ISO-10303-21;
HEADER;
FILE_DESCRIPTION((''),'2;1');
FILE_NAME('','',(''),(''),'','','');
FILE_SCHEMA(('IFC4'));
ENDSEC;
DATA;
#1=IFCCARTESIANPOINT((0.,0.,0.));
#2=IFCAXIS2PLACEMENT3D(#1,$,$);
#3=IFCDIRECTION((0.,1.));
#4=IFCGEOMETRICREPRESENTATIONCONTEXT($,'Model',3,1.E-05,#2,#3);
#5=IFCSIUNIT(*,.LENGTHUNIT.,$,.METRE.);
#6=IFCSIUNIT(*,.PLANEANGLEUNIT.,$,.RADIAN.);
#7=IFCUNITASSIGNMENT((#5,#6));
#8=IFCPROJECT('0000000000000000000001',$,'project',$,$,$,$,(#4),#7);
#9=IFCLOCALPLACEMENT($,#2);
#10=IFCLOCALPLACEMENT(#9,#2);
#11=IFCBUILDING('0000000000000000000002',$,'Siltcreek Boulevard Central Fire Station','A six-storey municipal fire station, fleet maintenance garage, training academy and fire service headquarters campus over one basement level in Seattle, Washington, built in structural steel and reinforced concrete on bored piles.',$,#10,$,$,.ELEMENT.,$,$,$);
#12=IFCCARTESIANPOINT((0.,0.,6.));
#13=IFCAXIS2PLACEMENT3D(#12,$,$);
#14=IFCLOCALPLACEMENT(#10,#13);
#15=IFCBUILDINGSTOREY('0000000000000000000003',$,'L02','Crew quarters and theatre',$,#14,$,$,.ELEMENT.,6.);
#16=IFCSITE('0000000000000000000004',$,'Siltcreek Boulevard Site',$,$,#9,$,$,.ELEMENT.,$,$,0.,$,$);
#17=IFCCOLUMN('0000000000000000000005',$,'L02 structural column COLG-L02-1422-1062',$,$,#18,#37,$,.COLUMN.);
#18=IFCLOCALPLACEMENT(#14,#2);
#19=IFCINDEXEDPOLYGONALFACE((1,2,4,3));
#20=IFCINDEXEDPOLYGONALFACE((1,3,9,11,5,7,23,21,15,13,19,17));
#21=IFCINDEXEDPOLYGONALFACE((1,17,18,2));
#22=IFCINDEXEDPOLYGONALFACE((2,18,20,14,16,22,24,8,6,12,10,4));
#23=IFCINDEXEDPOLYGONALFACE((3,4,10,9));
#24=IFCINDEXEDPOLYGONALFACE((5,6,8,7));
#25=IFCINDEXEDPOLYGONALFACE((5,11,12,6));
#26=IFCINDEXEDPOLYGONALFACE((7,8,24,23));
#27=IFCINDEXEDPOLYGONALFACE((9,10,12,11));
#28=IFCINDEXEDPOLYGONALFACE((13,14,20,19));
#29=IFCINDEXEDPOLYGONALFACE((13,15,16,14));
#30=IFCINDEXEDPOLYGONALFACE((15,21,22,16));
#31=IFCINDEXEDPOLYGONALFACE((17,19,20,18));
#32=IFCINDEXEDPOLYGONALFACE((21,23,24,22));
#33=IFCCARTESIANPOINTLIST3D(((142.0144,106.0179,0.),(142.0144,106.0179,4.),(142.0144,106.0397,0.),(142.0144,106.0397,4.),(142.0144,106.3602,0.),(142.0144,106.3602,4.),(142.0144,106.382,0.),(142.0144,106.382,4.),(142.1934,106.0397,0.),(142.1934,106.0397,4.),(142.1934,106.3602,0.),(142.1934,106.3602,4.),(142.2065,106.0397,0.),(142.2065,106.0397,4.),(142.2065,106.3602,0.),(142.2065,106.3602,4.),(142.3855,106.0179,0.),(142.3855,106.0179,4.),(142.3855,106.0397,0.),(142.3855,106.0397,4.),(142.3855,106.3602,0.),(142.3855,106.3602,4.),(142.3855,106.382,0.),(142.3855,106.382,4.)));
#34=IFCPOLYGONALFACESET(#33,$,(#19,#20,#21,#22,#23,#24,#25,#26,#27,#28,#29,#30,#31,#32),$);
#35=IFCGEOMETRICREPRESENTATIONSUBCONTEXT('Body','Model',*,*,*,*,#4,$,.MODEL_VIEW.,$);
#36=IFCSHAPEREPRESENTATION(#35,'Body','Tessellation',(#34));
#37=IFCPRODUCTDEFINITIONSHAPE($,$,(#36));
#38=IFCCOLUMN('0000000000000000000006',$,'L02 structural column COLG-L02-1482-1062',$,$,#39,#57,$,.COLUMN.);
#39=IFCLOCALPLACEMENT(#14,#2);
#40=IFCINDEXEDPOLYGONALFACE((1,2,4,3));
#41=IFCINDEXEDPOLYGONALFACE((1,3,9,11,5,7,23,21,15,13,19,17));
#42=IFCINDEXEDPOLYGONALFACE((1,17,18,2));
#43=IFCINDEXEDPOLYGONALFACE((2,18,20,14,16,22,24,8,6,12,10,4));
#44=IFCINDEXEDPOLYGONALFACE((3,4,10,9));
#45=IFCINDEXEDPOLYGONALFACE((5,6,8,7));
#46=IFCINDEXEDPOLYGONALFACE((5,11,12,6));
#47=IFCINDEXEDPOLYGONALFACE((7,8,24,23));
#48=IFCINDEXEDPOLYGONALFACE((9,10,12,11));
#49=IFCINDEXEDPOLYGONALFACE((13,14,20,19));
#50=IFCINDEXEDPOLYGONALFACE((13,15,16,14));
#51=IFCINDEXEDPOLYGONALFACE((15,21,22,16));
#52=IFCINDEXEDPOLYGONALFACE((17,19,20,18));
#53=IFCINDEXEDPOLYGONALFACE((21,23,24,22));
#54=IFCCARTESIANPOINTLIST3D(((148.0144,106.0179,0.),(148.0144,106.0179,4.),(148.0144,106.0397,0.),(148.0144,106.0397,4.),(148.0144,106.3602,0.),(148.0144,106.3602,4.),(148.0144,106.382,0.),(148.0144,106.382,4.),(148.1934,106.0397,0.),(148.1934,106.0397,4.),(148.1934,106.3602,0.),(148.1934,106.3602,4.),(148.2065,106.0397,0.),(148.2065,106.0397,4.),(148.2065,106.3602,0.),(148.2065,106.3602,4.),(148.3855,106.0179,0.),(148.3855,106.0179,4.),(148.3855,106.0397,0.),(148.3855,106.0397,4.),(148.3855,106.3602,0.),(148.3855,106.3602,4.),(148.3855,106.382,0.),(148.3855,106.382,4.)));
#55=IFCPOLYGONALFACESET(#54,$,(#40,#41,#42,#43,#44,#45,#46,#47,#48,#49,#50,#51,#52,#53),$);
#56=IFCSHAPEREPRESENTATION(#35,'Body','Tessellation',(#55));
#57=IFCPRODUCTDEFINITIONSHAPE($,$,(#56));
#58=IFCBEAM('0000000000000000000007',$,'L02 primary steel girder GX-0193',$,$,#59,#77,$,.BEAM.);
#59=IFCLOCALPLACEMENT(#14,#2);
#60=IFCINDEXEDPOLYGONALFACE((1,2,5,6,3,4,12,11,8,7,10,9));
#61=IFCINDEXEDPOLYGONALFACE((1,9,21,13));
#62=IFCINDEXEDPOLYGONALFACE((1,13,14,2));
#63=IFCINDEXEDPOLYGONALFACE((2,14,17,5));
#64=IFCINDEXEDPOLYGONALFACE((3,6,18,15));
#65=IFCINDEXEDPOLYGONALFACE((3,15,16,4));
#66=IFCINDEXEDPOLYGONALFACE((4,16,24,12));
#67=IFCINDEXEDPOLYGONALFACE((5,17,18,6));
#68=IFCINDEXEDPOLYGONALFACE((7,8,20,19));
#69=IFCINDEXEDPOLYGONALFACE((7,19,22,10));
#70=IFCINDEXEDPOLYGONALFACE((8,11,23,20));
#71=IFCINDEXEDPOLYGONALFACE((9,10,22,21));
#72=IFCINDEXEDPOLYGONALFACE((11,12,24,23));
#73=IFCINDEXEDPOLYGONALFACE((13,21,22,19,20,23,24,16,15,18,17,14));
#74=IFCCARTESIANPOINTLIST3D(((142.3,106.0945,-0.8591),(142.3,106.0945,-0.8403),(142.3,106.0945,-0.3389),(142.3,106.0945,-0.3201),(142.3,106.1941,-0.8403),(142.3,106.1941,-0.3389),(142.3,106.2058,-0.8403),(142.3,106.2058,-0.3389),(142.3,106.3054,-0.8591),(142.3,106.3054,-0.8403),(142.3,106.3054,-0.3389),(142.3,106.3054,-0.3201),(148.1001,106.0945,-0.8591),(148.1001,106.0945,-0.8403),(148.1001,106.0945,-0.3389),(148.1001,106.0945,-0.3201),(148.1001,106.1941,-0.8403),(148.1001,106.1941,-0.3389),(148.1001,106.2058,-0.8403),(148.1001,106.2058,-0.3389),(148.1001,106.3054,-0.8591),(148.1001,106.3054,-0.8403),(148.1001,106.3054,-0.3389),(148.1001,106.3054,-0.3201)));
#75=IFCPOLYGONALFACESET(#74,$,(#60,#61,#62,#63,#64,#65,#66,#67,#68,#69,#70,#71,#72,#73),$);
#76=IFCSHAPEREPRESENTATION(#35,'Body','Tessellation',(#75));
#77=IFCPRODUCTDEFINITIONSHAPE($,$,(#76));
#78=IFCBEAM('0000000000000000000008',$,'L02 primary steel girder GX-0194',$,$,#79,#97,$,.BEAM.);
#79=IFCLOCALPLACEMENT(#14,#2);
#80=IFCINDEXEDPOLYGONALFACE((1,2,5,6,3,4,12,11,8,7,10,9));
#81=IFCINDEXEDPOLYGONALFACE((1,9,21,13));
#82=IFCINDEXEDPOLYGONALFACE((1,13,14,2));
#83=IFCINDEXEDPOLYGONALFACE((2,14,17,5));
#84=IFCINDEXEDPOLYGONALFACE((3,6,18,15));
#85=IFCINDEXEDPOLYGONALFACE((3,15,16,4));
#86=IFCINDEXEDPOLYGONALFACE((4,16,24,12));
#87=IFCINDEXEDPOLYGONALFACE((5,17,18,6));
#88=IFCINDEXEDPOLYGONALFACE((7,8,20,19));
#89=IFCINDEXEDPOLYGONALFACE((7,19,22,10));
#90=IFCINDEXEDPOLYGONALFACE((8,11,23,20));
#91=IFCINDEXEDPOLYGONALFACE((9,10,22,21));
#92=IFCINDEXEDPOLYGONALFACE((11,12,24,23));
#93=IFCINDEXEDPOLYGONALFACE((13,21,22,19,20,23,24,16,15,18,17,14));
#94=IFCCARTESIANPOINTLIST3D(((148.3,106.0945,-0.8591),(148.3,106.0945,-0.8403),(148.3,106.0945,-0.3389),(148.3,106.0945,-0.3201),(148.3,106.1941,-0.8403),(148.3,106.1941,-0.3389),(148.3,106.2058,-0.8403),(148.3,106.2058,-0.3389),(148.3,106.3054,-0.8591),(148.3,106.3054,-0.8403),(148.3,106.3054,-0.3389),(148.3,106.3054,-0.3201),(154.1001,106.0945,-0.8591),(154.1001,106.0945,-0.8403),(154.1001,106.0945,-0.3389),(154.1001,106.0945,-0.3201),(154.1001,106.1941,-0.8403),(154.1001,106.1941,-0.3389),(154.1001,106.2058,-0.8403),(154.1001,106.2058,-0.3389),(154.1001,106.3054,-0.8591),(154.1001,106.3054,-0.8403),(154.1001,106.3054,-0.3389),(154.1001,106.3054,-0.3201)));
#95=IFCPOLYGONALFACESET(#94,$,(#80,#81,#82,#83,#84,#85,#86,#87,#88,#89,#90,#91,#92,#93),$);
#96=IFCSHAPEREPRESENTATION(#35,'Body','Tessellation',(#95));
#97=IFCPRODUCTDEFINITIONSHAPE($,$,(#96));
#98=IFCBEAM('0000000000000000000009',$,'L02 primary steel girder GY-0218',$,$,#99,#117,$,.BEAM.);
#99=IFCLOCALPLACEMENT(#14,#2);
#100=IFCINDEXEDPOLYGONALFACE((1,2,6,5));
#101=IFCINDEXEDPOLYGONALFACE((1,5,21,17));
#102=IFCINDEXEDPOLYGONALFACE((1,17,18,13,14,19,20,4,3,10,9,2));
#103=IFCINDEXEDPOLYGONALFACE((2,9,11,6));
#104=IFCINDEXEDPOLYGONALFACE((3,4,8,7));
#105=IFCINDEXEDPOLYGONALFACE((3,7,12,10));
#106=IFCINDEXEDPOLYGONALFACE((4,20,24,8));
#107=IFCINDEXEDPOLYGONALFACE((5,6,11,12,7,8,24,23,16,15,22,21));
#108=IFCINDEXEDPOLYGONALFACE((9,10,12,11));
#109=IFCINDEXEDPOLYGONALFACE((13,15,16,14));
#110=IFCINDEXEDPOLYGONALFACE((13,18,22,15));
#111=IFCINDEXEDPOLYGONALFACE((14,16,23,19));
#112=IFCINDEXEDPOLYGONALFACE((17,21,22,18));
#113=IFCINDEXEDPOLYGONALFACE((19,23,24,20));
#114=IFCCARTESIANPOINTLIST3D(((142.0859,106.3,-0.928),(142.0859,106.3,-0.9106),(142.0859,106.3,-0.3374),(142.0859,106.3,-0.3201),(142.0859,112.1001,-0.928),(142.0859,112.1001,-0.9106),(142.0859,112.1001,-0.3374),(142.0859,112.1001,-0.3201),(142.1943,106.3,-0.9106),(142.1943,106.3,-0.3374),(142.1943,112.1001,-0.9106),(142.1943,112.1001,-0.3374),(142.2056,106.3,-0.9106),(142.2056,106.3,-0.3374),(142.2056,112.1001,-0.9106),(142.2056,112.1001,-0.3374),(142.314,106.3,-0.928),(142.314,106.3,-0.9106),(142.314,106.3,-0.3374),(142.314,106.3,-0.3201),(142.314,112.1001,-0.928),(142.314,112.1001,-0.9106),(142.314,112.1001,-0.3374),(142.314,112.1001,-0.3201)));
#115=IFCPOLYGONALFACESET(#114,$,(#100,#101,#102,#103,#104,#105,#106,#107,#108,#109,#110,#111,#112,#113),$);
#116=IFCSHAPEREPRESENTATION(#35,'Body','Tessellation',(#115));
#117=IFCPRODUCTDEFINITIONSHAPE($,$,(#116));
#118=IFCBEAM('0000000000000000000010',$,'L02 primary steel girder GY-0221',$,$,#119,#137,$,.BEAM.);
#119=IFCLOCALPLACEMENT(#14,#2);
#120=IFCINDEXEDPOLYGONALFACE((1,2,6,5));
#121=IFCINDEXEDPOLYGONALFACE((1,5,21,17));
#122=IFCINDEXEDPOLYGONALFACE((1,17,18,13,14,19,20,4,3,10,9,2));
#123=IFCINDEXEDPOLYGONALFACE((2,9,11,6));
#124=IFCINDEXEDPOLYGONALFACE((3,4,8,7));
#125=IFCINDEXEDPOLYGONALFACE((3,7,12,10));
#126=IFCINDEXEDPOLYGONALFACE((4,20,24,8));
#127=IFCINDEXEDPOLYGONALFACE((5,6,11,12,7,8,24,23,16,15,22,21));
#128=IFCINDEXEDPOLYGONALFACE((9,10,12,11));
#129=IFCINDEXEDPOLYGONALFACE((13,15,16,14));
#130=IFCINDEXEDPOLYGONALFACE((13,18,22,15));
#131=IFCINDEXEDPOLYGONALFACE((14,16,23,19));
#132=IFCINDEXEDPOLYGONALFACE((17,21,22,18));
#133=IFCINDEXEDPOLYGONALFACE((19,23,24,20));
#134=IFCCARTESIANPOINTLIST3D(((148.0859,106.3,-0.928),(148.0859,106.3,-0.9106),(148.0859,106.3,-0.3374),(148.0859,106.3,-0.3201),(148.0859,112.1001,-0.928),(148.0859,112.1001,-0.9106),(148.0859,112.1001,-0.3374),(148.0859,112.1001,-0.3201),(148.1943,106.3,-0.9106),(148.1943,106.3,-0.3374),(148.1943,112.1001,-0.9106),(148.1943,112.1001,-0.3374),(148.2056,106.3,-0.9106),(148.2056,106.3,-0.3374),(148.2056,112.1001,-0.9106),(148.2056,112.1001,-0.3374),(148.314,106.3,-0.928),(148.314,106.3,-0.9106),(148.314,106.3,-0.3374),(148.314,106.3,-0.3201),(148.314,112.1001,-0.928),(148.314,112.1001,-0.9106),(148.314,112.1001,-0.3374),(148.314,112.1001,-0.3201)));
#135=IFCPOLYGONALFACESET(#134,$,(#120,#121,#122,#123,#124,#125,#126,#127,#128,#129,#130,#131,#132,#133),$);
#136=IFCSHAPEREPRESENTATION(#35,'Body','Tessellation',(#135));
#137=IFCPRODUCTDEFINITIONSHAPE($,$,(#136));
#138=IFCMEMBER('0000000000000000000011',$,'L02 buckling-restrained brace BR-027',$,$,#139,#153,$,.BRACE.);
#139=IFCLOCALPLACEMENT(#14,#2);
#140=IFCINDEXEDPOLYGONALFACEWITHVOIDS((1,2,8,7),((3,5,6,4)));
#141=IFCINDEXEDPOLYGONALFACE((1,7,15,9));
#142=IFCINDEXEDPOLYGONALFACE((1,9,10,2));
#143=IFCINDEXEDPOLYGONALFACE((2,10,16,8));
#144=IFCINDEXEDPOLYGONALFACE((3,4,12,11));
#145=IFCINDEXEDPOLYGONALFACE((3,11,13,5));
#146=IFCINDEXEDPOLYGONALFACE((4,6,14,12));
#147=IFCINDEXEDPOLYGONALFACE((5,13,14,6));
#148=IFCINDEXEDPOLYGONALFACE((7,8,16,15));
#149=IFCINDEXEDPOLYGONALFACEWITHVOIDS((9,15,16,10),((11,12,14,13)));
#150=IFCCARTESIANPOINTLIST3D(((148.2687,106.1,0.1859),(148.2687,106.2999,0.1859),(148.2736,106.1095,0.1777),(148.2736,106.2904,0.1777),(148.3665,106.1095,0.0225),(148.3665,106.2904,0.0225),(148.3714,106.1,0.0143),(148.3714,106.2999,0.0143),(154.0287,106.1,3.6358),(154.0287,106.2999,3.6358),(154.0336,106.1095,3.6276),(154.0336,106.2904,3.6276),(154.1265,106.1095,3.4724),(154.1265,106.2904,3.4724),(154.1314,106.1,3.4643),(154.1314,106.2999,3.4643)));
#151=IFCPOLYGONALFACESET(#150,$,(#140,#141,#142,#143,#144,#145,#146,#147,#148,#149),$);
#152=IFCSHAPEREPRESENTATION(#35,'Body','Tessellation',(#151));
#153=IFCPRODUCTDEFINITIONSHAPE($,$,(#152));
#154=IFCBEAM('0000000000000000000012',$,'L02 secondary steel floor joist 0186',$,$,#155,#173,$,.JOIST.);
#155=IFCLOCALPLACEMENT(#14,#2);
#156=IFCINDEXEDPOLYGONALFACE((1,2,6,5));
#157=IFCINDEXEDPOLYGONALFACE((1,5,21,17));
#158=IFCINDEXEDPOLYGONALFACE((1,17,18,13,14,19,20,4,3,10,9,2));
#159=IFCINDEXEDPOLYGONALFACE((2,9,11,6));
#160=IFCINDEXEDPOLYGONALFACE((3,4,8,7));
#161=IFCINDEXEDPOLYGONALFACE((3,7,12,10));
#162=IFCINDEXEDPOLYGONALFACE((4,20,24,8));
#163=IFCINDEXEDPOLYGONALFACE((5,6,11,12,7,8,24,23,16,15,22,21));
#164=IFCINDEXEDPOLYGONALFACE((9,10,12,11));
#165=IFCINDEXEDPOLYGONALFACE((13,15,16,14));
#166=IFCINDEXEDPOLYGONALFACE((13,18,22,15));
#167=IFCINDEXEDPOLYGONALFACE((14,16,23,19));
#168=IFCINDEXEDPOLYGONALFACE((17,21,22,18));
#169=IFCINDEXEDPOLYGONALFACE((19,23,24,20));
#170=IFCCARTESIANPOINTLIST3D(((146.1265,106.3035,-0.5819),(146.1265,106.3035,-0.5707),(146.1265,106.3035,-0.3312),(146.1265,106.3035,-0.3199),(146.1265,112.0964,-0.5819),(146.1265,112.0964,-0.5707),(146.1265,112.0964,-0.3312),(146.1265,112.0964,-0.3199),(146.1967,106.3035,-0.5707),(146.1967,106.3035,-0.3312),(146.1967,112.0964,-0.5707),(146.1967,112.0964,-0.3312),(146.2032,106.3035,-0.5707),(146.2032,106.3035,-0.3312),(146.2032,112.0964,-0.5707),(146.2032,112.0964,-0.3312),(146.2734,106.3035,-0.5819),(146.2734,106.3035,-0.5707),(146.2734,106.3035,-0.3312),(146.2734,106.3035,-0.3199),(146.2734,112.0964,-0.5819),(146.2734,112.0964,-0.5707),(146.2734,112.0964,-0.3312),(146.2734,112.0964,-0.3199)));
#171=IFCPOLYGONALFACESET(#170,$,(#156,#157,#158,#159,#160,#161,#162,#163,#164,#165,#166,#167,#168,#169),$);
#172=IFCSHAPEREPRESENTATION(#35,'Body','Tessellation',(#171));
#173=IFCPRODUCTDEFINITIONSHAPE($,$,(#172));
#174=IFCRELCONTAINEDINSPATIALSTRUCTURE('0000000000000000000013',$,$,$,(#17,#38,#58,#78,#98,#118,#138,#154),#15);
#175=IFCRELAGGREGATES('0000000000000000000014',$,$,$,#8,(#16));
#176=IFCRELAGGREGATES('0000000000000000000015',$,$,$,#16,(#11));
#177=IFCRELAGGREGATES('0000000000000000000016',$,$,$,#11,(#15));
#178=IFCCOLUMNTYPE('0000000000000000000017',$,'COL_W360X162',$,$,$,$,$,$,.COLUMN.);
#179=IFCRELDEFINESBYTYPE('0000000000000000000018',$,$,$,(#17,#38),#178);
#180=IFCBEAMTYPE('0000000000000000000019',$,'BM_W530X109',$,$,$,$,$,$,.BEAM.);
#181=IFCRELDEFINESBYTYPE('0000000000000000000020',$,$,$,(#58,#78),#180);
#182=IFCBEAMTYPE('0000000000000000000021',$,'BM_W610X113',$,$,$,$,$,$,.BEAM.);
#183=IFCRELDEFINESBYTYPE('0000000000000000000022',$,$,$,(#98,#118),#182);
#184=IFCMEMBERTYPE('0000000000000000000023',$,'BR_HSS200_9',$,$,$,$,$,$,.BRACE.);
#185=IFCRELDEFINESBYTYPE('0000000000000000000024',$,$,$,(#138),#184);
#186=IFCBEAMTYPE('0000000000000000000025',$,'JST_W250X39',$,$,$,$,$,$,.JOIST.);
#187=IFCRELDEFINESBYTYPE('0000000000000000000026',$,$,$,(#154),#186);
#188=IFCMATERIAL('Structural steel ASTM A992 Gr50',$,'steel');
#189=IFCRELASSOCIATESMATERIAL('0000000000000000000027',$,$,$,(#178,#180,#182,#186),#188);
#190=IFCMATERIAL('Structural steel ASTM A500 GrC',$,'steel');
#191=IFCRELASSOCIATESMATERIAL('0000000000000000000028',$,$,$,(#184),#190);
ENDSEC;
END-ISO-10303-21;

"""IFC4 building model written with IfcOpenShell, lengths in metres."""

from ifc_helpers import new_model, si_unit, direction, frame, origin, origin_2d, place, context, subcontext, project, spatial, hollow_rectangle, i_section, extrude, material, material_profile, profile_set, type_object, element, save


model = new_model("IFC4")

# Units and contexts
model_context = context("Model", 3, precision=1e-05, world=origin(), true_north=direction((0.0, 1.0)))
body_context = subcontext(model_context, "Body", "Model", "MODEL_VIEW")
ifc_project = project(units=[si_unit("LENGTHUNIT", "METRE"), si_unit("PLANEANGLEUNIT", "RADIAN")], contexts=[model_context])

# Site, building, storey
site_placement = place(None, origin())
site = spatial("IfcSite", under=ifc_project, at=site_placement, Name="Siltcreek Boulevard Site", CompositionType="ELEMENT", RefElevation=0.0)
building_placement = place(site_placement, origin())
building = spatial("IfcBuilding", under=site, at=building_placement, Name="Siltcreek Boulevard Central Fire Station", Description="A six-storey municipal fire station, fleet maintenance garage, training academy and fire service headquarters campus over one basement level in Seattle, Washington, built in structural steel and reinforced concrete on bored piles.", CompositionType="ELEMENT")
storey_placement = place(building_placement, frame((0.0, 0.0, 6.0)))
storey = spatial("IfcBuildingStorey", under=building, at=storey_placement, Name="L02", Description="Crew quarters and theatre", CompositionType="ELEMENT", Elevation=6.0)

# Columns
ifc_material_1 = material(Name="Structural steel ASTM A992 Gr50", Category="steel")
ifc_material_profile_1 = material_profile(ifc_material_1, i_section(OverallWidth=0.3711, OverallDepth=0.364, WebThickness=0.0132, FlangeThickness=0.0217, at=origin_2d()), Name="W360X162")
ifc_profile_set_1 = profile_set([ifc_material_profile_1], Name="Structural steel ASTM A992 Gr50")
column_type = type_object("IfcColumnType", Name="COL_W360X162", PredefinedType="COLUMN", material=ifc_profile_set_1)
for number, where, z_axis, x_axis, name in (
    (1, (142.2, 106.2, 0.0), (0.0, 0.0, 1.0), (1.0, 0.0, 0.0), "L02 structural column COLG-L02-1422-1062"),
    (2, (148.2, 106.2, 0.0), (0.0, 0.0, 1.0), (1.0, 0.0, 0.0), "L02 structural column COLG-L02-1482-1062"),
):
    element("IfcColumn", number, at=place(storey_placement, frame(where, z_axis=z_axis, x_axis=x_axis)), inside=storey, type_object=column_type, Name=name, PredefinedType="COLUMN", context=body_context, shape_type="SweptSolid", body=[
        extrude(i_section(OverallWidth=0.3711, OverallDepth=0.364, WebThickness=0.0132, FlangeThickness=0.0217, at=origin_2d()), origin(), (0.0, 0.0, 1.0), 4.0),
    ])

# Beams
ifc_material_profile_2 = material_profile(ifc_material_1, i_section(OverallWidth=0.2109, OverallDepth=0.5391, WebThickness=0.0117, FlangeThickness=0.0188, at=origin_2d()), Name="W530X109")
ifc_profile_set_2 = profile_set([ifc_material_profile_2], Name="Structural steel ASTM A992 Gr50")
beam_type_1 = type_object("IfcBeamType", Name="BM_W530X109", PredefinedType="BEAM", material=ifc_profile_set_2)
for number, where, z_axis, x_axis, name in (
    (3, (142.3, 106.2, -0.5896), (1.0, 0.0, 0.0), (0.0, 1.0, 0.0), "L02 primary steel girder GX-0193"),
    (4, (148.3, 106.2, -0.5896), (1.0, 0.0, 0.0), (0.0, 1.0, 0.0), "L02 primary steel girder GX-0194"),
):
    element("IfcBeam", number, at=place(storey_placement, frame(where, z_axis=z_axis, x_axis=x_axis)), inside=storey, type_object=beam_type_1, Name=name, PredefinedType="BEAM", context=body_context, shape_type="SweptSolid", body=[
        extrude(i_section(OverallWidth=0.2109, OverallDepth=0.5391, WebThickness=0.0117, FlangeThickness=0.0188, at=origin_2d()), origin(), (0.0, 0.0, 1.0), 5.8),
    ])
ifc_material_profile_3 = material_profile(ifc_material_1, i_section(OverallWidth=0.228, OverallDepth=0.6079, WebThickness=0.0112, FlangeThickness=0.0173, at=origin_2d()), Name="W610X113")
ifc_profile_set_3 = profile_set([ifc_material_profile_3], Name="Structural steel ASTM A992 Gr50")
beam_type_2 = type_object("IfcBeamType", Name="BM_W610X113", PredefinedType="BEAM", material=ifc_profile_set_3)
for number, where, z_axis, x_axis, name in (
    (5, (142.2, 106.3, -0.624), (0.0, 1.0, 0.0), (-1.0, 0.0, 0.0), "L02 primary steel girder GY-0218"),
    (6, (148.2, 106.3, -0.624), (0.0, 1.0, 0.0), (-1.0, 0.0, 0.0), "L02 primary steel girder GY-0221"),
):
    element("IfcBeam", number, at=place(storey_placement, frame(where, z_axis=z_axis, x_axis=x_axis)), inside=storey, type_object=beam_type_2, Name=name, PredefinedType="BEAM", context=body_context, shape_type="SweptSolid", body=[
        extrude(i_section(OverallWidth=0.228, OverallDepth=0.6079, WebThickness=0.0112, FlangeThickness=0.0173, at=origin_2d()), origin(), (0.0, 0.0, 1.0), 5.8),
    ])

# Member
ifc_material_2 = material(Name="Structural steel ASTM A500 GrC", Category="steel")
ifc_material_profile_4 = material_profile(ifc_material_2, hollow_rectangle(XDim=0.2, YDim=0.2, WallThickness=0.0095, at=origin_2d()), Name="HSS200X200X9.5")
ifc_profile_set_4 = profile_set([ifc_material_profile_4], Name="Structural steel ASTM A500 GrC")
member_type = type_object("IfcMemberType", Name="BR_HSS200_9", PredefinedType="BRACE", material=ifc_profile_set_4)
member_placement = place(storey_placement, frame((148.3201, 106.2, 0.1001), z_axis=(0.857891, 0.0, 0.513833), x_axis=(0.0, 1.0, 0.0)))
element("IfcMember", 7, at=member_placement, inside=storey, type_object=member_type, Name="L02 buckling-restrained brace BR-027", PredefinedType="BRACE", context=body_context, shape_type="SweptSolid", body=[
    extrude(hollow_rectangle(XDim=0.2, YDim=0.2, WallThickness=0.0095, at=origin_2d()), origin(), (0.0, 0.0, 1.0), 6.7141),
])

# Beam
ifc_material_profile_5 = material_profile(ifc_material_1, i_section(OverallWidth=0.147, OverallDepth=0.262, WebThickness=0.0066, FlangeThickness=0.0112, at=origin_2d()), Name="W250X39")
ifc_profile_set_5 = profile_set([ifc_material_profile_5], Name="Structural steel ASTM A992 Gr50")
beam_type_3 = type_object("IfcBeamType", Name="JST_W250X39", PredefinedType="JOIST", material=ifc_profile_set_5)
beam_1_placement = place(storey_placement, frame((146.2, 106.3035, -0.4509), z_axis=(0.0, 1.0, 0.0), x_axis=(-1.0, 0.0, 0.0)))
element("IfcBeam", 8, at=beam_1_placement, inside=storey, type_object=beam_type_3, Name="L02 secondary steel floor joist 0186", PredefinedType="JOIST", context=body_context, shape_type="SweptSolid", body=[
    extrude(i_section(OverallWidth=0.147, OverallDepth=0.262, WebThickness=0.0066, FlangeThickness=0.0112, at=origin_2d()), origin(), (0.0, 0.0, 1.0), 5.793),
])

save(model, "model.ifc")
